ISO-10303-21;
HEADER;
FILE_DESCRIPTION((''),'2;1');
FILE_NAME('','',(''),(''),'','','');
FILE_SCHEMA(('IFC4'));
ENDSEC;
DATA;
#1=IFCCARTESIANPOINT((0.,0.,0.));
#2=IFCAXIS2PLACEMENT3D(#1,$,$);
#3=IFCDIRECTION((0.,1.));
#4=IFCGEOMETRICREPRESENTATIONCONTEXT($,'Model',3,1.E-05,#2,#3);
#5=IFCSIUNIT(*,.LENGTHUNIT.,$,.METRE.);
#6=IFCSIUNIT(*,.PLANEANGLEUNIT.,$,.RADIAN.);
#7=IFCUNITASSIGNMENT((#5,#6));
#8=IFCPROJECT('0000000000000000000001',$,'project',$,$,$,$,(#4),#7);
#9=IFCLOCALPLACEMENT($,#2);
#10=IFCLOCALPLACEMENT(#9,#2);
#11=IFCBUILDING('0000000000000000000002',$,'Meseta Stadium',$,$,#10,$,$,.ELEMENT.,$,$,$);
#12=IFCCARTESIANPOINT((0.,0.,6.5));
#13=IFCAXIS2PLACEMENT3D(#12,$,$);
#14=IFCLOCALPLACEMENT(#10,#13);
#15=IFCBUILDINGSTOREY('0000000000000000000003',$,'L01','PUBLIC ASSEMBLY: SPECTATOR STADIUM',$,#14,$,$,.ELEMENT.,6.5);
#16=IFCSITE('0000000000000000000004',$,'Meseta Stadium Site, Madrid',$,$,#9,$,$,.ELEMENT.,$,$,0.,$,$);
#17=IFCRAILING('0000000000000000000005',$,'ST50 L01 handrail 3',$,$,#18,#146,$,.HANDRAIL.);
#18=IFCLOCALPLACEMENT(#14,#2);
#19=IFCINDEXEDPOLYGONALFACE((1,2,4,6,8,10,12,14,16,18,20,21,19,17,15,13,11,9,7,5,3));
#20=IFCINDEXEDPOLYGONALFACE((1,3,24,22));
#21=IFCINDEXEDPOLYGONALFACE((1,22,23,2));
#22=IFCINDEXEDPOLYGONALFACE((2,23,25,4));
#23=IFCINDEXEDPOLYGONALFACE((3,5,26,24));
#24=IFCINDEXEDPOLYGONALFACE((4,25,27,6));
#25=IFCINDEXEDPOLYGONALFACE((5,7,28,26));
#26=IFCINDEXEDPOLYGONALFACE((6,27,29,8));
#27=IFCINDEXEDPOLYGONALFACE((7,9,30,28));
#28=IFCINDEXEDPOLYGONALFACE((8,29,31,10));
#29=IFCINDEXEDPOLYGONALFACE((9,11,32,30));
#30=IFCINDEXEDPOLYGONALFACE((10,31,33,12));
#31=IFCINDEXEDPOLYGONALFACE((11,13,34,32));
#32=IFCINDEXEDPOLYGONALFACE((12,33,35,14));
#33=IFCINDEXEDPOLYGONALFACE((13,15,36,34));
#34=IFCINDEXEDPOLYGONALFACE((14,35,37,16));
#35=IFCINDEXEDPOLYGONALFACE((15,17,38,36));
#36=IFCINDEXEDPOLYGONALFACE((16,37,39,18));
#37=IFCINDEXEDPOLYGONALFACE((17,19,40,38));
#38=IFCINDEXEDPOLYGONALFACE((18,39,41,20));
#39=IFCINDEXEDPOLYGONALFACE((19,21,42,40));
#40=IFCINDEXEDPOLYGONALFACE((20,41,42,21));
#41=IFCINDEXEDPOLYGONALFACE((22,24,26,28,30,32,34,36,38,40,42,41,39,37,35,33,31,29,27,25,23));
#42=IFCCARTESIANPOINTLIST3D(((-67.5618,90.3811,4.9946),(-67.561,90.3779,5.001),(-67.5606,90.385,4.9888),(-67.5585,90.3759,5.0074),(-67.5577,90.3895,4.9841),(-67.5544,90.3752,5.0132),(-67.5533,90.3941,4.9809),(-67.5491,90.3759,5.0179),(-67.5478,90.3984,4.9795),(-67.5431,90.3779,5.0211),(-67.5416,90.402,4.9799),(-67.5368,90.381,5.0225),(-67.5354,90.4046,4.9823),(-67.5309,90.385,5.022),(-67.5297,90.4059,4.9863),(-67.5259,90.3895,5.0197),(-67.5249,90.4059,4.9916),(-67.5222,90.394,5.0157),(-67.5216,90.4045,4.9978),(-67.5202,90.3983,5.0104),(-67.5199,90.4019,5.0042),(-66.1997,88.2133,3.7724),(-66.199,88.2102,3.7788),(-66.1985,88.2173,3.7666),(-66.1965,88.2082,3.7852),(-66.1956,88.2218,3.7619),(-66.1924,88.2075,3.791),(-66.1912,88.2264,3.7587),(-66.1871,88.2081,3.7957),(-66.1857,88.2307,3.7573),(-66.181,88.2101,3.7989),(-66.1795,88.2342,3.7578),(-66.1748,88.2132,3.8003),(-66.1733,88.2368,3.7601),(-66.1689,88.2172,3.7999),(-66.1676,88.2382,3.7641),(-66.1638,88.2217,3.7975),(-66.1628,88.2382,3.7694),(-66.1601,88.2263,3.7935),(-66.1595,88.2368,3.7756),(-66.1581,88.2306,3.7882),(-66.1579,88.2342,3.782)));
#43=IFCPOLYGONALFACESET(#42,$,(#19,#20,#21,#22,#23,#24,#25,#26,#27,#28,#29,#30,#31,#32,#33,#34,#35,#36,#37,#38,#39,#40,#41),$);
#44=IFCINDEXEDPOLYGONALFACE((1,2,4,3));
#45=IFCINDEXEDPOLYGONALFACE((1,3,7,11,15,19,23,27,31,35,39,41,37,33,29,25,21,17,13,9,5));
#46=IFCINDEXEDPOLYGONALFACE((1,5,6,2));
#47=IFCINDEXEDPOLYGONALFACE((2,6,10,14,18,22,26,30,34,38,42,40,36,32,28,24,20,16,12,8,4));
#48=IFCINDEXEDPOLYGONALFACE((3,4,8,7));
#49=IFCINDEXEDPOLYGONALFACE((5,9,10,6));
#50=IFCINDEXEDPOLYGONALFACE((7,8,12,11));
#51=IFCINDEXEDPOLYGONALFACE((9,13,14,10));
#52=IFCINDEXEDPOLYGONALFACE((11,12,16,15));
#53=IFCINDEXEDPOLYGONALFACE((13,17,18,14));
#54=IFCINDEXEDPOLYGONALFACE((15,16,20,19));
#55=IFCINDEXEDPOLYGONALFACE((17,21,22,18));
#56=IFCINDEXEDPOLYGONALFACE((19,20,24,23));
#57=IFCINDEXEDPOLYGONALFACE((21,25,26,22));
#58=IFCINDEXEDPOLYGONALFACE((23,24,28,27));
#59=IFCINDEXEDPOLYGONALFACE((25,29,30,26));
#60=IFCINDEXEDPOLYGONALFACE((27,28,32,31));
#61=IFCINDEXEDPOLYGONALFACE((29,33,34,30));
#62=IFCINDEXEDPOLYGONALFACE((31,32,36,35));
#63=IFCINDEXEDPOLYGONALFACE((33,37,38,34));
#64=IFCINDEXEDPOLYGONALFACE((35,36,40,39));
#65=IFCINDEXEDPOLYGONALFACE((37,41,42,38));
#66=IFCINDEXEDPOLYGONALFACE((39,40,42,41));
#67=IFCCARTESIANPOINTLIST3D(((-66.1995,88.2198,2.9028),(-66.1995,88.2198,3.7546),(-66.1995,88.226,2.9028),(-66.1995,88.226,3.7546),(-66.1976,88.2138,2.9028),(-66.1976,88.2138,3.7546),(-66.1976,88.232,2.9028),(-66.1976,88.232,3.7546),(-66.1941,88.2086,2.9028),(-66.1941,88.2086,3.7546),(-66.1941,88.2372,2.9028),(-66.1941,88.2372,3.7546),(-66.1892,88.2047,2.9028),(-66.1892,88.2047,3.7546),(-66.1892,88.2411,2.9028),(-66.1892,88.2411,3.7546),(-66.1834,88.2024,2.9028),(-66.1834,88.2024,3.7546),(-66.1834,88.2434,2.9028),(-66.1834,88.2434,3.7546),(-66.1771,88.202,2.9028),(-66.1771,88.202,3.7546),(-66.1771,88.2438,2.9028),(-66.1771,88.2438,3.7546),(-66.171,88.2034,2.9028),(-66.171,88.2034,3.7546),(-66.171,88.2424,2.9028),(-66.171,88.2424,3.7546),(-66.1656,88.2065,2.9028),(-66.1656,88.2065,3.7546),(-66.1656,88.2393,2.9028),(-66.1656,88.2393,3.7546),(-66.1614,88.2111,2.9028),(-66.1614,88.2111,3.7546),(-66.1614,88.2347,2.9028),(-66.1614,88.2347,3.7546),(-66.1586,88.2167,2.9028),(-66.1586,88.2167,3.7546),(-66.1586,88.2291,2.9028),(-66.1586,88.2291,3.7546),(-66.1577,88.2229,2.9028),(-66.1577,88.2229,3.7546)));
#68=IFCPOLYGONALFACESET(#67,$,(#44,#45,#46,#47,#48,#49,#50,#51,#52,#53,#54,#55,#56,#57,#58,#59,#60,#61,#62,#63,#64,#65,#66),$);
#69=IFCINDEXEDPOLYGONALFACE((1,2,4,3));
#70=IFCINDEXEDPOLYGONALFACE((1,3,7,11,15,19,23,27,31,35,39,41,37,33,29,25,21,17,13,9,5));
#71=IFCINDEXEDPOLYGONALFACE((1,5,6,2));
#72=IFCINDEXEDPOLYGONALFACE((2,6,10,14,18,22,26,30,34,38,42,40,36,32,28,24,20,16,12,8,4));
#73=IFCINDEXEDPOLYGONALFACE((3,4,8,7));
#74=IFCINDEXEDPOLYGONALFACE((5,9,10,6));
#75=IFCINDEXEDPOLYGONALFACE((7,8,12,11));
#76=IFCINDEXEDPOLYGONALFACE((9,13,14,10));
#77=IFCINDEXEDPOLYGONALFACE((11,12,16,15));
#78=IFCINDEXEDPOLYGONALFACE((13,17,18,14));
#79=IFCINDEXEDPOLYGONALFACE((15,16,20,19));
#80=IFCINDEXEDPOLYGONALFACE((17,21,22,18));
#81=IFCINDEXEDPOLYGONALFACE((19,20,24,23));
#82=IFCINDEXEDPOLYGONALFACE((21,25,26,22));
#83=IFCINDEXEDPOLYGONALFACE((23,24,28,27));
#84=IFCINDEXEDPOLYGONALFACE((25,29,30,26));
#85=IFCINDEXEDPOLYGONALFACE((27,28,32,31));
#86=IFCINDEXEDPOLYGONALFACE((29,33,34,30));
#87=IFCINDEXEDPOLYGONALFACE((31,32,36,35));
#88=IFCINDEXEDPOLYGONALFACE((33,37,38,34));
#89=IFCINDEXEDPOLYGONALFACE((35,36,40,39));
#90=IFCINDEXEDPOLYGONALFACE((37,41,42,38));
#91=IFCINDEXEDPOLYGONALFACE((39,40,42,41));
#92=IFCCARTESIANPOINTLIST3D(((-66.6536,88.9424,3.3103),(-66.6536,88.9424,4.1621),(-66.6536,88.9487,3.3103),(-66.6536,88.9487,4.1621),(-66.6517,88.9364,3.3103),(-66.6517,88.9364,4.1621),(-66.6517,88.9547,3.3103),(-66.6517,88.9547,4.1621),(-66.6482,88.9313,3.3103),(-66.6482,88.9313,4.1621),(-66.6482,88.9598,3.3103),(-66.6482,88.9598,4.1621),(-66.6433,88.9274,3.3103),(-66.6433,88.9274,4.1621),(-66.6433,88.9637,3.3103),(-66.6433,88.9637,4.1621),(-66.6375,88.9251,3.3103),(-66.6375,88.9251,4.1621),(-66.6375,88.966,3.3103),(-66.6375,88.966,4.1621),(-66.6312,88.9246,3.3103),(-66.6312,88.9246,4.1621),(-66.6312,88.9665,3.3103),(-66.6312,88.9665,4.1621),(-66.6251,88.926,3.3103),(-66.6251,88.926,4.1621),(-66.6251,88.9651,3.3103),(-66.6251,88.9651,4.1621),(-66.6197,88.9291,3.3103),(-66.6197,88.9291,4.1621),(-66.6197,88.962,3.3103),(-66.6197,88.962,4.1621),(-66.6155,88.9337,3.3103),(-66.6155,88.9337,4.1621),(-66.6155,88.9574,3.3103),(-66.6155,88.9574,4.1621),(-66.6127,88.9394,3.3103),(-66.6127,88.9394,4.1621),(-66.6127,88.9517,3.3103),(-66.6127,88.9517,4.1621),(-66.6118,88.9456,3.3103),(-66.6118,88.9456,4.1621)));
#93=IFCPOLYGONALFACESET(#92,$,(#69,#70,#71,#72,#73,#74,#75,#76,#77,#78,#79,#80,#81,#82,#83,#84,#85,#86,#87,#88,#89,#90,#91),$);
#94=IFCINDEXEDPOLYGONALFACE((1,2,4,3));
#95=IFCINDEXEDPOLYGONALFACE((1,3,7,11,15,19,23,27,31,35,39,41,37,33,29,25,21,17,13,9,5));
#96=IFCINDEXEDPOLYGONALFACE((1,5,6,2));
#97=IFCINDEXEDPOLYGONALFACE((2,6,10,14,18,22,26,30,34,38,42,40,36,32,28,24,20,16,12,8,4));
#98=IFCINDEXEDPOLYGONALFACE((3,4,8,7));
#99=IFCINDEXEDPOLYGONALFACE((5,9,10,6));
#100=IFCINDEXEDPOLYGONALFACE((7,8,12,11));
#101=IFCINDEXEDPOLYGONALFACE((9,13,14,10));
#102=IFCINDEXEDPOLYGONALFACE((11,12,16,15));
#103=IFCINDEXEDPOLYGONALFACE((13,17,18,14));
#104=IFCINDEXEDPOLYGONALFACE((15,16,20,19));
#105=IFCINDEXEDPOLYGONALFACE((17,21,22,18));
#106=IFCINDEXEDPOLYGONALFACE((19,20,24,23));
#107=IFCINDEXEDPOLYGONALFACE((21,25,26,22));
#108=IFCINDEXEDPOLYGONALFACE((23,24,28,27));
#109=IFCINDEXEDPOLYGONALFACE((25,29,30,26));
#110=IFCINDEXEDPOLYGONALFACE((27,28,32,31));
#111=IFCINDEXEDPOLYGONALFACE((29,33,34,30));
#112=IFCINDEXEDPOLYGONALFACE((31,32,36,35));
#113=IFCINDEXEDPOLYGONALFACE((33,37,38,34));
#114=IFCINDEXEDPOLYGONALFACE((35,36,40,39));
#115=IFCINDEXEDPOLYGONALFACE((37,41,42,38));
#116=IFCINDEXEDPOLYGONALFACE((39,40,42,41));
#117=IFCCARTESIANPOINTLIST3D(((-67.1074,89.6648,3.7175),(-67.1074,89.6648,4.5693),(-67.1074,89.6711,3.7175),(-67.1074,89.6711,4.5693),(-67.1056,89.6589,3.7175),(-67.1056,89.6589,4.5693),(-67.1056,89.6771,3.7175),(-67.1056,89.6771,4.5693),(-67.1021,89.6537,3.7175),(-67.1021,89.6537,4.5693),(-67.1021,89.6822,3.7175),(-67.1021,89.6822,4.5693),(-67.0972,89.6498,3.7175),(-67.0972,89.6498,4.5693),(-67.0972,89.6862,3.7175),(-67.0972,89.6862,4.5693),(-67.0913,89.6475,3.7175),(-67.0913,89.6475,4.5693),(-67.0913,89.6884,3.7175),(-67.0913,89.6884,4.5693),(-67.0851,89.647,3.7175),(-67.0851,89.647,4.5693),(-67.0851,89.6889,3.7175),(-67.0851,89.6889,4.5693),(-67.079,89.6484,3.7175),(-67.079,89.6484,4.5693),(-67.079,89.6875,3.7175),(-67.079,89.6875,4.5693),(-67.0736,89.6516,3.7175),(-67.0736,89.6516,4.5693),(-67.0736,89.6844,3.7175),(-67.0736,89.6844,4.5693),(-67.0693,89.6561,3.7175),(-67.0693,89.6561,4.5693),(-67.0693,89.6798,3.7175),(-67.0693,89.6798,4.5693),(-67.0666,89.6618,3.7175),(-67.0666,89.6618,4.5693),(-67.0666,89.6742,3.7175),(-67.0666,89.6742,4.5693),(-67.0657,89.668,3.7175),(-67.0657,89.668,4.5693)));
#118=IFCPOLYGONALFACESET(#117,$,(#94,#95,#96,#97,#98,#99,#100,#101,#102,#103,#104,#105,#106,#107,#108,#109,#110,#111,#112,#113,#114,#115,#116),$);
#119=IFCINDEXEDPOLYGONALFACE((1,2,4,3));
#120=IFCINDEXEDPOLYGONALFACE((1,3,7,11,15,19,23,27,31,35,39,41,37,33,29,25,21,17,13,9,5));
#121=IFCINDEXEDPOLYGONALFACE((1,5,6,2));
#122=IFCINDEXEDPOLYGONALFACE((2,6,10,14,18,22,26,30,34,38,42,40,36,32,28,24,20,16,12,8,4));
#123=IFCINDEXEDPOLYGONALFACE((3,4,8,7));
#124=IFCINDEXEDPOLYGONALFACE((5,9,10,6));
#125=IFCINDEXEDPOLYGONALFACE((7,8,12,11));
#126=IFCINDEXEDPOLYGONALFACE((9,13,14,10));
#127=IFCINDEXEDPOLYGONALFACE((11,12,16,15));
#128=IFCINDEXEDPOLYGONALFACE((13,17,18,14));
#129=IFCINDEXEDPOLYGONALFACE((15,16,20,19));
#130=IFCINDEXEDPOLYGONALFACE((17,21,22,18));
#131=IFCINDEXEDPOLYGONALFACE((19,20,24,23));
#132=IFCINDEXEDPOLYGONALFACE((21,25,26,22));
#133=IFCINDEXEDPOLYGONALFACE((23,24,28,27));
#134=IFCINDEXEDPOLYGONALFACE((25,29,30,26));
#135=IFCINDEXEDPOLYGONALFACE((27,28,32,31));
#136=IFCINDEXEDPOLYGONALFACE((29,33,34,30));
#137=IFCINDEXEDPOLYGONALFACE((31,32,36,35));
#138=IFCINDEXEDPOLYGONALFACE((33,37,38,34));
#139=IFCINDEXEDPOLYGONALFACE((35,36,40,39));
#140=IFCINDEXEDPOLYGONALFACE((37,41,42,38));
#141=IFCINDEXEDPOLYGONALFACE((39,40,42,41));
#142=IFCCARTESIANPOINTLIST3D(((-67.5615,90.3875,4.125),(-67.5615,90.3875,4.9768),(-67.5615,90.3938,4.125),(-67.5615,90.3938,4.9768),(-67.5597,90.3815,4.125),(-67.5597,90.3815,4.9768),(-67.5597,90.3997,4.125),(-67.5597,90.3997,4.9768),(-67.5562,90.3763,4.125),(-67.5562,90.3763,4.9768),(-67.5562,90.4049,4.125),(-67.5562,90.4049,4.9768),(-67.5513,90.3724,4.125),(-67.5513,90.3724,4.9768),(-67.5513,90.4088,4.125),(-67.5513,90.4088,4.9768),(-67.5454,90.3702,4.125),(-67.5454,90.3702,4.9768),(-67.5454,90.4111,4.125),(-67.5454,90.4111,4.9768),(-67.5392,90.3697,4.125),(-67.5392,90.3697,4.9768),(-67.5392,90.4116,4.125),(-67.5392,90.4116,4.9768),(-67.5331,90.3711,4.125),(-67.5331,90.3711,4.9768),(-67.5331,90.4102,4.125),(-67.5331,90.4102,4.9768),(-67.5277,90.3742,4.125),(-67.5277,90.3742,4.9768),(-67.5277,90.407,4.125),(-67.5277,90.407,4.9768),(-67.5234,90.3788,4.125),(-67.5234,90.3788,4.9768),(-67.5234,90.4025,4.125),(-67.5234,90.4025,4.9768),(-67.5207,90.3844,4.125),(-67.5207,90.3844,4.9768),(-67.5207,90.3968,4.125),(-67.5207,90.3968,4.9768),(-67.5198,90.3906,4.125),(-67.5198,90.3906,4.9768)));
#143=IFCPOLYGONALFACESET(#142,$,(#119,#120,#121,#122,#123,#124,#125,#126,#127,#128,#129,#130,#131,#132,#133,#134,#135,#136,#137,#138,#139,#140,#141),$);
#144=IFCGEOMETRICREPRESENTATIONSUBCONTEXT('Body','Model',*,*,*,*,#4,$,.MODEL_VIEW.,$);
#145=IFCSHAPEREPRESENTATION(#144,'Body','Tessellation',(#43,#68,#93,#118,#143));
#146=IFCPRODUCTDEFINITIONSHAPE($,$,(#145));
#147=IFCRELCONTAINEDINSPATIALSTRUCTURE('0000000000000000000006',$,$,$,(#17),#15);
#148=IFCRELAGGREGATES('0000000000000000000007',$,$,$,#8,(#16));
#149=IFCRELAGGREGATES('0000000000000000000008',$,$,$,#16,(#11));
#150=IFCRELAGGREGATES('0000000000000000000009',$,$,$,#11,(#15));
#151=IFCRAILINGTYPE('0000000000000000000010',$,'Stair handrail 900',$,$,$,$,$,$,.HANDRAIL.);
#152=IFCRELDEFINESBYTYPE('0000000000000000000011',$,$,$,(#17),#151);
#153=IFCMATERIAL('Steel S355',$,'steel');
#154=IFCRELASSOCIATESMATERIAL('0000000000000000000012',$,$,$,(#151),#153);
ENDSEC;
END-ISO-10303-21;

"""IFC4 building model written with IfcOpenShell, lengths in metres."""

from ifc_helpers import new_model, si_unit, direction, frame, origin, origin_2d, place, context, subcontext, project, spatial, circle, extrude, material, type_object, element, save


model = new_model("IFC4")

# Units and contexts
model_context = context("Model", 3, precision=1e-05, world=origin(), true_north=direction((0.0, 1.0)))
body_context = subcontext(model_context, "Body", "Model", "MODEL_VIEW")
ifc_project = project(units=[si_unit("LENGTHUNIT", "METRE"), si_unit("PLANEANGLEUNIT", "RADIAN")], contexts=[model_context])

# Site, building, storey
site_placement = place(None, origin())
site = spatial("IfcSite", under=ifc_project, at=site_placement, Name="Meseta Stadium Site, Madrid", CompositionType="ELEMENT", RefElevation=0.0)
building_placement = place(site_placement, origin())
building = spatial("IfcBuilding", under=site, at=building_placement, Name="Meseta Stadium", CompositionType="ELEMENT")
storey_placement = place(building_placement, frame((0.0, 0.0, 6.5)))
storey = spatial("IfcBuildingStorey", under=building, at=storey_placement, Name="L01", Description="PUBLIC ASSEMBLY: SPECTATOR STADIUM", CompositionType="ELEMENT", Elevation=6.5)

# Railing
ifc_material_1 = material(Name="Steel S355", Category="steel")
railing_type_1 = type_object("IfcRailingType", Name="Stair handrail 900", PredefinedType="HANDRAIL", material=ifc_material_1)
for number, where, name in (
    (1, (-66.1787, 88.2229, 2.9028), "ST50 L01 handrail 3"),
):
    element("IfcRailing", number, at=place(storey_placement, frame(where)), inside=storey, type_object=railing_type_1, Name=name, PredefinedType="HANDRAIL", context=body_context, shape_type="SweptSolid", body=[
        extrude(circle(Radius=0.0239, at=origin_2d()), frame((0.0, 0.0, 0.876), z_axis=(-0.480125, 0.764121, 0.430813), x_axis=(-0.846726, -0.532029, 0.0)), (0.0, 0.0, 1.0), 2.8369),
        extrude(circle(Radius=0.021, at=origin_2d()), origin(), (0.0, 0.0, 1.0), 0.8518),
        extrude(circle(Radius=0.021, at=origin_2d()), frame((-0.4541, 0.7227, 0.4075)), (0.0, 0.0, 1.0), 0.8518),
        extrude(circle(Radius=0.021, at=origin_2d()), frame((-0.908, 1.4451, 0.8147)), (0.0, 0.0, 1.0), 0.8518),
        extrude(circle(Radius=0.021, at=origin_2d()), frame((-1.3621, 2.1677, 1.2222)), (0.0, 0.0, 1.0), 0.8518),
    ])

save(model, "model.ifc")
